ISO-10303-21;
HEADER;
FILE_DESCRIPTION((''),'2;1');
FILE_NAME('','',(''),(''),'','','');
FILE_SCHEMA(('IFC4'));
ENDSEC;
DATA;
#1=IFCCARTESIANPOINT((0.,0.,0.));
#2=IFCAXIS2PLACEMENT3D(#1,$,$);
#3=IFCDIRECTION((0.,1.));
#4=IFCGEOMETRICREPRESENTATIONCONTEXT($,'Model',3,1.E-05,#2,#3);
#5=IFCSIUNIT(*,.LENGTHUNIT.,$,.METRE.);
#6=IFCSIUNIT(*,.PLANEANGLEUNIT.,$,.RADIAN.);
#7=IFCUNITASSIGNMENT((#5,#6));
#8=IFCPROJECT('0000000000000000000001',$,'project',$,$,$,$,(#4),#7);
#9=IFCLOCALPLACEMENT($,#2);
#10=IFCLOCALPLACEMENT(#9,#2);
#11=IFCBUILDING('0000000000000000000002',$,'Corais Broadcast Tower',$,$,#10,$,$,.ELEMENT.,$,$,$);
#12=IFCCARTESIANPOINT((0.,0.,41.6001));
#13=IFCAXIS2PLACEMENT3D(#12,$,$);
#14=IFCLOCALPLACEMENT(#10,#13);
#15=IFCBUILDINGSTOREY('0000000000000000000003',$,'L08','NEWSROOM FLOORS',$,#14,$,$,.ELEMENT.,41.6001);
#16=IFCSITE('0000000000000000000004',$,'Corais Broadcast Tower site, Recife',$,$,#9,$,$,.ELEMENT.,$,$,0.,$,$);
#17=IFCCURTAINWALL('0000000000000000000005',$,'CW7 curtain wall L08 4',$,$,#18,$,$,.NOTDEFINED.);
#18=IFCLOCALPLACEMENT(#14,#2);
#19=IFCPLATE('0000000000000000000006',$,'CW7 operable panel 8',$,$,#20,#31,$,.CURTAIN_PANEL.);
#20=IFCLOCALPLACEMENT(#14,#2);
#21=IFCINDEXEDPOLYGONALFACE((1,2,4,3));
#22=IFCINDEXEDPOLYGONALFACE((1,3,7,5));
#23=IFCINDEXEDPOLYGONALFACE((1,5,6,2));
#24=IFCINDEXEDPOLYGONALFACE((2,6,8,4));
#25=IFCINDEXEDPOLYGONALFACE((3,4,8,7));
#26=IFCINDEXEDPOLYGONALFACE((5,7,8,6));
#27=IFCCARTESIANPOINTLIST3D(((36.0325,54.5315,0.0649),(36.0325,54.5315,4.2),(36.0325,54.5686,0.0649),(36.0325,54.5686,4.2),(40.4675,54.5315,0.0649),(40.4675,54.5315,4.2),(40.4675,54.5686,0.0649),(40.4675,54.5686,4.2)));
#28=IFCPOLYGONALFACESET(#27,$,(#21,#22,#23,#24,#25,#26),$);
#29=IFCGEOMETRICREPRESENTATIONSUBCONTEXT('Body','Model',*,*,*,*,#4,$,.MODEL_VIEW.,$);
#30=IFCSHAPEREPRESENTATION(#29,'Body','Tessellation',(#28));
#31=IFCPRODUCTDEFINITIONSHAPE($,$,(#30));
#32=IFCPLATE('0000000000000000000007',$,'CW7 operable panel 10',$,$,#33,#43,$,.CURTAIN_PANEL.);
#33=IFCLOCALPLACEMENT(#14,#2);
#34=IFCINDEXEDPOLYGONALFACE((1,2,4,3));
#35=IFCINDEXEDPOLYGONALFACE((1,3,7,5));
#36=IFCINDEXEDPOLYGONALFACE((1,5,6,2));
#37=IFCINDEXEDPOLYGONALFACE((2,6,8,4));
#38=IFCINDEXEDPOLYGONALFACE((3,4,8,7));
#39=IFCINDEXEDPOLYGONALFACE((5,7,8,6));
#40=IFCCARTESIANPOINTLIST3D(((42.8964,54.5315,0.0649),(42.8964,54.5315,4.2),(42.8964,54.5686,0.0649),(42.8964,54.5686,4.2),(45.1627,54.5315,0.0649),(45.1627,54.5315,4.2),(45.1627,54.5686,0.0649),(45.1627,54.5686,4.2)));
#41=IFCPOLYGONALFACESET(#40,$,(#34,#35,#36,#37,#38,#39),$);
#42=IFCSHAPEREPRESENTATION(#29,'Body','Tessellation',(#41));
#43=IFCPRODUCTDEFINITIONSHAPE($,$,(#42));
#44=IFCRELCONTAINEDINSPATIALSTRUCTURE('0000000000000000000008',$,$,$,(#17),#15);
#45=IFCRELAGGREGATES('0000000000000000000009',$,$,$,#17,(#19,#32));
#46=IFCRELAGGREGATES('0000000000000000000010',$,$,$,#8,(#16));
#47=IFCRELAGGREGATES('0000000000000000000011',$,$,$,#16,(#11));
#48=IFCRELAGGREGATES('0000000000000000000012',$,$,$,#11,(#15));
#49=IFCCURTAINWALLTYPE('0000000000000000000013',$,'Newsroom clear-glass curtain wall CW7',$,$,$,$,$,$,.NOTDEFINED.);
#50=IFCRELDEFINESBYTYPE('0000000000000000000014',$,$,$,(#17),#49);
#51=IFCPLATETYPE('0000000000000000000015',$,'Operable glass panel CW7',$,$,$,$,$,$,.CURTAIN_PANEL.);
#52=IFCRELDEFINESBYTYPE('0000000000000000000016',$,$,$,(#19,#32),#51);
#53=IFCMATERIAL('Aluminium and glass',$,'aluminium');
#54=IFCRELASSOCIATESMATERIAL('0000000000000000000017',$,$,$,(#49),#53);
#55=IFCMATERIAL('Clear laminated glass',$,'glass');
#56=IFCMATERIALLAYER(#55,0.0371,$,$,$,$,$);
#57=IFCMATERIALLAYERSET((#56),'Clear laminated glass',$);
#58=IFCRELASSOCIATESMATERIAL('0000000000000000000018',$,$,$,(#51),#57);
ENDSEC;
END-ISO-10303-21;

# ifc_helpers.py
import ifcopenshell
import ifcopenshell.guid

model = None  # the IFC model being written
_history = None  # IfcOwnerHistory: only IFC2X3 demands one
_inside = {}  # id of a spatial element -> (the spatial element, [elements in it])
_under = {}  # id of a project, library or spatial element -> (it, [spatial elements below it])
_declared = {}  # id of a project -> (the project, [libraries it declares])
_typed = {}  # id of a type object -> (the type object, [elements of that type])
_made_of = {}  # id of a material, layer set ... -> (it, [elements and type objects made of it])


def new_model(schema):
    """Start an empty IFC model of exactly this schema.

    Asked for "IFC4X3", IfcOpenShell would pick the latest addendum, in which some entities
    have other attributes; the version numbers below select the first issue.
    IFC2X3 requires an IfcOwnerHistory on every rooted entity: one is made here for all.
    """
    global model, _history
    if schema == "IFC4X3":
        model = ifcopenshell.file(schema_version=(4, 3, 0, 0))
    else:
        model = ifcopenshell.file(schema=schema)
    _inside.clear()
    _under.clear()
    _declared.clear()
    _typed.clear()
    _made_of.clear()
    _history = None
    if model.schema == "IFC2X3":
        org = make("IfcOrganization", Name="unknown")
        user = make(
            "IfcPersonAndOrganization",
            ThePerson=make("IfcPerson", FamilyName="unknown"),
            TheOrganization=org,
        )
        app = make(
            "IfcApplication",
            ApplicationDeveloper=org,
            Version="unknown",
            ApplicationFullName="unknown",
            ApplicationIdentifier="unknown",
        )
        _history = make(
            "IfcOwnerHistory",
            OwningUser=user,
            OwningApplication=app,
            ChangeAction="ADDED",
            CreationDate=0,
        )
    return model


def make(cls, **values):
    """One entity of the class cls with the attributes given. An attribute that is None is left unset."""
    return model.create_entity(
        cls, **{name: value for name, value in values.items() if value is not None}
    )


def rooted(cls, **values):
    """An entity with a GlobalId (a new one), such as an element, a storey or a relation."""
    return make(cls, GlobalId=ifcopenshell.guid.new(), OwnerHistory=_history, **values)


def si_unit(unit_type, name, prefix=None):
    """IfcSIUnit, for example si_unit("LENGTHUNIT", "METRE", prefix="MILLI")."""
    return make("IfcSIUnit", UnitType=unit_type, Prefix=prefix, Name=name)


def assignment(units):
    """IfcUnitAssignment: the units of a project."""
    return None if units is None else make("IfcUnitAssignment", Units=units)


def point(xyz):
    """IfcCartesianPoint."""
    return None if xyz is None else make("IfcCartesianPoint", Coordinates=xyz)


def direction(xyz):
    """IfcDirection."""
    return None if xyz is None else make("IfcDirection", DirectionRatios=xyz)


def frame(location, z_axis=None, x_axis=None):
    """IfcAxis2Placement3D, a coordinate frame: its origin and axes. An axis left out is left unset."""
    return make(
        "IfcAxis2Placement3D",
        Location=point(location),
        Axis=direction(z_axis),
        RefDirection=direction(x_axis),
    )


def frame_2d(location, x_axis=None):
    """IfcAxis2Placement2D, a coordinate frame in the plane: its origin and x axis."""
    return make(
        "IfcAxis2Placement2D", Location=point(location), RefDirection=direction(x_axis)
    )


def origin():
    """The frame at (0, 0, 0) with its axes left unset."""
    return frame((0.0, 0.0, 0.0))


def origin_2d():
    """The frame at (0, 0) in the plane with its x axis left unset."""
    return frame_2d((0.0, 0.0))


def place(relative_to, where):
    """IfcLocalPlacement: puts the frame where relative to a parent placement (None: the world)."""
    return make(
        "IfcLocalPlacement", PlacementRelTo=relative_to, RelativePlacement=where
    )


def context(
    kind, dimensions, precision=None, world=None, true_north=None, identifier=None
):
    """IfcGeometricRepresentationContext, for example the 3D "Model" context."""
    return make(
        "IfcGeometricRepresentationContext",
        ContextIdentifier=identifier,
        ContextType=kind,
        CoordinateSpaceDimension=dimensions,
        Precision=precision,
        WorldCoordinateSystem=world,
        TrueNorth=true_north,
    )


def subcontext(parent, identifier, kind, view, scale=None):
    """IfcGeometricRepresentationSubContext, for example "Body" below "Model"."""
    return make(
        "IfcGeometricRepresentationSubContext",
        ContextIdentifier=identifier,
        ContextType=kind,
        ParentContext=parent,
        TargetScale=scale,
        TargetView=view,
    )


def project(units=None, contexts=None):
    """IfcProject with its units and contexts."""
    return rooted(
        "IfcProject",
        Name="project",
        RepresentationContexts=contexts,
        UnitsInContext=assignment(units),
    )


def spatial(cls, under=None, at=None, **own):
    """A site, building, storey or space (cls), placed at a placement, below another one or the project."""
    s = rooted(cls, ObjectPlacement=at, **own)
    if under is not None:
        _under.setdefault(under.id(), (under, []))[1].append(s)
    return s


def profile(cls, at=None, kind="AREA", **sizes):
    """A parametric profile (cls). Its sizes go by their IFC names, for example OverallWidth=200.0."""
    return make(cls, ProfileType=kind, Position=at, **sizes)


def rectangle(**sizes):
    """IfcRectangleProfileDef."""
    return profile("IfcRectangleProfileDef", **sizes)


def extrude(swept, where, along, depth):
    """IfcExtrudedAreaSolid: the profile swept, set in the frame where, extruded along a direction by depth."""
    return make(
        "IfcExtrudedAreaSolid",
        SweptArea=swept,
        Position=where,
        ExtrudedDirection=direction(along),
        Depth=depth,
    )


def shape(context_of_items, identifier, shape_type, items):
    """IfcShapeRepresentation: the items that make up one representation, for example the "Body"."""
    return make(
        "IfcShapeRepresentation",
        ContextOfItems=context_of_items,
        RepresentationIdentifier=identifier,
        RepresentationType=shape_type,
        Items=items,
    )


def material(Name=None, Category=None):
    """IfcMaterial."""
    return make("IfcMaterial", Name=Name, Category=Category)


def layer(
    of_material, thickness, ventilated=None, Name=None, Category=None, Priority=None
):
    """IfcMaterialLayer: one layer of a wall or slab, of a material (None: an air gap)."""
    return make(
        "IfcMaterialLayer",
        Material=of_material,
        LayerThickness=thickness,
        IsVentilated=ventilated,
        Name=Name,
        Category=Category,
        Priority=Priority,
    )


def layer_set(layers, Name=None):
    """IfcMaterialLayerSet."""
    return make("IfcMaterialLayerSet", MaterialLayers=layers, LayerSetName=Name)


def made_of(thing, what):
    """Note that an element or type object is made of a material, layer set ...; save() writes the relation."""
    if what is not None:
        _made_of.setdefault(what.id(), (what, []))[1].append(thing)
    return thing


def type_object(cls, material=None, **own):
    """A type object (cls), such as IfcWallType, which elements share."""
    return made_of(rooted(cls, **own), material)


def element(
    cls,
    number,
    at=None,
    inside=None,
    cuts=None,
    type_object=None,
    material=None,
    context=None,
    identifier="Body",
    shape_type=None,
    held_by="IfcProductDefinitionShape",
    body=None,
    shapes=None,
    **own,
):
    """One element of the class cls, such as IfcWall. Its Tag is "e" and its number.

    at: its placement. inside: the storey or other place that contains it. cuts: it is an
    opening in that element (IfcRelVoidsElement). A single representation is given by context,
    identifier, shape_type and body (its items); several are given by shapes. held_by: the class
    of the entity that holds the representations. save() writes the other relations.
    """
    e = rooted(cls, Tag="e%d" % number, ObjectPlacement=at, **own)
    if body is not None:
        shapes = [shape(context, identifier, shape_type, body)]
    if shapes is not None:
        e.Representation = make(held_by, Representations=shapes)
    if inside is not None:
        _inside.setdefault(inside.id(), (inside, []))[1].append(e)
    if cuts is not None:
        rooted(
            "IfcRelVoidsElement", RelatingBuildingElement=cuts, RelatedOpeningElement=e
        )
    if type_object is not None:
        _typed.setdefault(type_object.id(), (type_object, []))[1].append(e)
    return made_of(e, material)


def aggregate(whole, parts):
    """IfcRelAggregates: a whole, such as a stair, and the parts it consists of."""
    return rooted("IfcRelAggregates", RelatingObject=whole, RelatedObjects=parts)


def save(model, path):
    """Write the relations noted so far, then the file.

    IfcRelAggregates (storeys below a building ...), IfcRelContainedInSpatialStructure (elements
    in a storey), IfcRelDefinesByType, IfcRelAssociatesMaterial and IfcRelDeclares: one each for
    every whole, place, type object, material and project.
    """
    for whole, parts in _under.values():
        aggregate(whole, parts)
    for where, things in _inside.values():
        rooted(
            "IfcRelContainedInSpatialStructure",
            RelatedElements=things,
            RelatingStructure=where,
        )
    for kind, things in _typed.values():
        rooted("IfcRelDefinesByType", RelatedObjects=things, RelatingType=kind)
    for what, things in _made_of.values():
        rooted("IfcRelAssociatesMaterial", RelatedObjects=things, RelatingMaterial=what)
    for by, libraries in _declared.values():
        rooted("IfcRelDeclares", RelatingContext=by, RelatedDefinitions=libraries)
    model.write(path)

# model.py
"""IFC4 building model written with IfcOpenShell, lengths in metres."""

from ifc_helpers import new_model, si_unit, direction, frame, origin, origin_2d, place, context, subcontext, project, spatial, rectangle, extrude, material, layer, layer_set, type_object, element, aggregate, save


model = new_model("IFC4")

# Units and contexts
model_context = context("Model", 3, precision=1e-05, world=origin(), true_north=direction((0.0, 1.0)))
body_context = subcontext(model_context, "Body", "Model", "MODEL_VIEW")
ifc_project = project(units=[si_unit("LENGTHUNIT", "METRE"), si_unit("PLANEANGLEUNIT", "RADIAN")], contexts=[model_context])

# Site, building, storey
site_placement = place(None, origin())
site = spatial("IfcSite", under=ifc_project, at=site_placement, Name="Corais Broadcast Tower site, Recife", CompositionType="ELEMENT", RefElevation=0.0)
building_placement = place(site_placement, origin())
building = spatial("IfcBuilding", under=site, at=building_placement, Name="Corais Broadcast Tower", CompositionType="ELEMENT")
storey_placement = place(building_placement, frame((0.0, 0.0, 41.6001)))
storey = spatial("IfcBuildingStorey", under=building, at=storey_placement, Name="L08", Description="NEWSROOM FLOORS", CompositionType="ELEMENT", Elevation=41.6001)

# Curtain wall
ifc_material_1 = material(Name="Aluminium and glass", Category="aluminium")
curtain_wall_type = type_object("IfcCurtainWallType", Name="Newsroom clear-glass curtain wall CW7", PredefinedType="NOTDEFINED", material=ifc_material_1)
curtain_wall_placement = place(storey_placement, origin())
curtain_wall = element("IfcCurtainWall", 1, at=curtain_wall_placement, inside=storey, type_object=curtain_wall_type, Name="CW7 curtain wall L08 4", PredefinedType="NOTDEFINED")

# Plates
ifc_material_2 = material(Name="Clear laminated glass", Category="glass")
ifc_layer_1 = layer(ifc_material_2, 0.0371)
ifc_layer_set_1 = layer_set([ifc_layer_1], Name="Clear laminated glass")
plate_type_1 = type_object("IfcPlateType", Name="Operable glass panel CW7", PredefinedType="CURTAIN_PANEL", material=ifc_layer_set_1)
plate_1_placement = place(storey_placement, frame((38.25, 54.55, 0.0649), z_axis=(0.0, 0.0, 1.0), x_axis=(1.0, 0.0, 0.0)))
plate_1 = element("IfcPlate", 2, at=plate_1_placement, type_object=plate_type_1, Name="CW7 operable panel 8", PredefinedType="CURTAIN_PANEL", context=body_context, shape_type="SweptSolid", body=[
    extrude(rectangle(XDim=4.4351, YDim=0.0371, at=origin_2d()), origin(), (0.0, 0.0, 1.0), 4.135),
])
plate_2_placement = place(storey_placement, frame((44.0295, 54.55, 0.0649), z_axis=(0.0, 0.0, 1.0), x_axis=(1.0, 0.0, 0.0)))
plate_2 = element("IfcPlate", 3, at=plate_2_placement, type_object=plate_type_1, Name="CW7 operable panel 10", PredefinedType="CURTAIN_PANEL", context=body_context, shape_type="SweptSolid", body=[
    extrude(rectangle(XDim=2.2664, YDim=0.0371, at=origin_2d()), origin(), (0.0, 0.0, 1.0), 4.135),
])
aggregate(curtain_wall, [plate_1, plate_2])

save(model, "model.ifc")
